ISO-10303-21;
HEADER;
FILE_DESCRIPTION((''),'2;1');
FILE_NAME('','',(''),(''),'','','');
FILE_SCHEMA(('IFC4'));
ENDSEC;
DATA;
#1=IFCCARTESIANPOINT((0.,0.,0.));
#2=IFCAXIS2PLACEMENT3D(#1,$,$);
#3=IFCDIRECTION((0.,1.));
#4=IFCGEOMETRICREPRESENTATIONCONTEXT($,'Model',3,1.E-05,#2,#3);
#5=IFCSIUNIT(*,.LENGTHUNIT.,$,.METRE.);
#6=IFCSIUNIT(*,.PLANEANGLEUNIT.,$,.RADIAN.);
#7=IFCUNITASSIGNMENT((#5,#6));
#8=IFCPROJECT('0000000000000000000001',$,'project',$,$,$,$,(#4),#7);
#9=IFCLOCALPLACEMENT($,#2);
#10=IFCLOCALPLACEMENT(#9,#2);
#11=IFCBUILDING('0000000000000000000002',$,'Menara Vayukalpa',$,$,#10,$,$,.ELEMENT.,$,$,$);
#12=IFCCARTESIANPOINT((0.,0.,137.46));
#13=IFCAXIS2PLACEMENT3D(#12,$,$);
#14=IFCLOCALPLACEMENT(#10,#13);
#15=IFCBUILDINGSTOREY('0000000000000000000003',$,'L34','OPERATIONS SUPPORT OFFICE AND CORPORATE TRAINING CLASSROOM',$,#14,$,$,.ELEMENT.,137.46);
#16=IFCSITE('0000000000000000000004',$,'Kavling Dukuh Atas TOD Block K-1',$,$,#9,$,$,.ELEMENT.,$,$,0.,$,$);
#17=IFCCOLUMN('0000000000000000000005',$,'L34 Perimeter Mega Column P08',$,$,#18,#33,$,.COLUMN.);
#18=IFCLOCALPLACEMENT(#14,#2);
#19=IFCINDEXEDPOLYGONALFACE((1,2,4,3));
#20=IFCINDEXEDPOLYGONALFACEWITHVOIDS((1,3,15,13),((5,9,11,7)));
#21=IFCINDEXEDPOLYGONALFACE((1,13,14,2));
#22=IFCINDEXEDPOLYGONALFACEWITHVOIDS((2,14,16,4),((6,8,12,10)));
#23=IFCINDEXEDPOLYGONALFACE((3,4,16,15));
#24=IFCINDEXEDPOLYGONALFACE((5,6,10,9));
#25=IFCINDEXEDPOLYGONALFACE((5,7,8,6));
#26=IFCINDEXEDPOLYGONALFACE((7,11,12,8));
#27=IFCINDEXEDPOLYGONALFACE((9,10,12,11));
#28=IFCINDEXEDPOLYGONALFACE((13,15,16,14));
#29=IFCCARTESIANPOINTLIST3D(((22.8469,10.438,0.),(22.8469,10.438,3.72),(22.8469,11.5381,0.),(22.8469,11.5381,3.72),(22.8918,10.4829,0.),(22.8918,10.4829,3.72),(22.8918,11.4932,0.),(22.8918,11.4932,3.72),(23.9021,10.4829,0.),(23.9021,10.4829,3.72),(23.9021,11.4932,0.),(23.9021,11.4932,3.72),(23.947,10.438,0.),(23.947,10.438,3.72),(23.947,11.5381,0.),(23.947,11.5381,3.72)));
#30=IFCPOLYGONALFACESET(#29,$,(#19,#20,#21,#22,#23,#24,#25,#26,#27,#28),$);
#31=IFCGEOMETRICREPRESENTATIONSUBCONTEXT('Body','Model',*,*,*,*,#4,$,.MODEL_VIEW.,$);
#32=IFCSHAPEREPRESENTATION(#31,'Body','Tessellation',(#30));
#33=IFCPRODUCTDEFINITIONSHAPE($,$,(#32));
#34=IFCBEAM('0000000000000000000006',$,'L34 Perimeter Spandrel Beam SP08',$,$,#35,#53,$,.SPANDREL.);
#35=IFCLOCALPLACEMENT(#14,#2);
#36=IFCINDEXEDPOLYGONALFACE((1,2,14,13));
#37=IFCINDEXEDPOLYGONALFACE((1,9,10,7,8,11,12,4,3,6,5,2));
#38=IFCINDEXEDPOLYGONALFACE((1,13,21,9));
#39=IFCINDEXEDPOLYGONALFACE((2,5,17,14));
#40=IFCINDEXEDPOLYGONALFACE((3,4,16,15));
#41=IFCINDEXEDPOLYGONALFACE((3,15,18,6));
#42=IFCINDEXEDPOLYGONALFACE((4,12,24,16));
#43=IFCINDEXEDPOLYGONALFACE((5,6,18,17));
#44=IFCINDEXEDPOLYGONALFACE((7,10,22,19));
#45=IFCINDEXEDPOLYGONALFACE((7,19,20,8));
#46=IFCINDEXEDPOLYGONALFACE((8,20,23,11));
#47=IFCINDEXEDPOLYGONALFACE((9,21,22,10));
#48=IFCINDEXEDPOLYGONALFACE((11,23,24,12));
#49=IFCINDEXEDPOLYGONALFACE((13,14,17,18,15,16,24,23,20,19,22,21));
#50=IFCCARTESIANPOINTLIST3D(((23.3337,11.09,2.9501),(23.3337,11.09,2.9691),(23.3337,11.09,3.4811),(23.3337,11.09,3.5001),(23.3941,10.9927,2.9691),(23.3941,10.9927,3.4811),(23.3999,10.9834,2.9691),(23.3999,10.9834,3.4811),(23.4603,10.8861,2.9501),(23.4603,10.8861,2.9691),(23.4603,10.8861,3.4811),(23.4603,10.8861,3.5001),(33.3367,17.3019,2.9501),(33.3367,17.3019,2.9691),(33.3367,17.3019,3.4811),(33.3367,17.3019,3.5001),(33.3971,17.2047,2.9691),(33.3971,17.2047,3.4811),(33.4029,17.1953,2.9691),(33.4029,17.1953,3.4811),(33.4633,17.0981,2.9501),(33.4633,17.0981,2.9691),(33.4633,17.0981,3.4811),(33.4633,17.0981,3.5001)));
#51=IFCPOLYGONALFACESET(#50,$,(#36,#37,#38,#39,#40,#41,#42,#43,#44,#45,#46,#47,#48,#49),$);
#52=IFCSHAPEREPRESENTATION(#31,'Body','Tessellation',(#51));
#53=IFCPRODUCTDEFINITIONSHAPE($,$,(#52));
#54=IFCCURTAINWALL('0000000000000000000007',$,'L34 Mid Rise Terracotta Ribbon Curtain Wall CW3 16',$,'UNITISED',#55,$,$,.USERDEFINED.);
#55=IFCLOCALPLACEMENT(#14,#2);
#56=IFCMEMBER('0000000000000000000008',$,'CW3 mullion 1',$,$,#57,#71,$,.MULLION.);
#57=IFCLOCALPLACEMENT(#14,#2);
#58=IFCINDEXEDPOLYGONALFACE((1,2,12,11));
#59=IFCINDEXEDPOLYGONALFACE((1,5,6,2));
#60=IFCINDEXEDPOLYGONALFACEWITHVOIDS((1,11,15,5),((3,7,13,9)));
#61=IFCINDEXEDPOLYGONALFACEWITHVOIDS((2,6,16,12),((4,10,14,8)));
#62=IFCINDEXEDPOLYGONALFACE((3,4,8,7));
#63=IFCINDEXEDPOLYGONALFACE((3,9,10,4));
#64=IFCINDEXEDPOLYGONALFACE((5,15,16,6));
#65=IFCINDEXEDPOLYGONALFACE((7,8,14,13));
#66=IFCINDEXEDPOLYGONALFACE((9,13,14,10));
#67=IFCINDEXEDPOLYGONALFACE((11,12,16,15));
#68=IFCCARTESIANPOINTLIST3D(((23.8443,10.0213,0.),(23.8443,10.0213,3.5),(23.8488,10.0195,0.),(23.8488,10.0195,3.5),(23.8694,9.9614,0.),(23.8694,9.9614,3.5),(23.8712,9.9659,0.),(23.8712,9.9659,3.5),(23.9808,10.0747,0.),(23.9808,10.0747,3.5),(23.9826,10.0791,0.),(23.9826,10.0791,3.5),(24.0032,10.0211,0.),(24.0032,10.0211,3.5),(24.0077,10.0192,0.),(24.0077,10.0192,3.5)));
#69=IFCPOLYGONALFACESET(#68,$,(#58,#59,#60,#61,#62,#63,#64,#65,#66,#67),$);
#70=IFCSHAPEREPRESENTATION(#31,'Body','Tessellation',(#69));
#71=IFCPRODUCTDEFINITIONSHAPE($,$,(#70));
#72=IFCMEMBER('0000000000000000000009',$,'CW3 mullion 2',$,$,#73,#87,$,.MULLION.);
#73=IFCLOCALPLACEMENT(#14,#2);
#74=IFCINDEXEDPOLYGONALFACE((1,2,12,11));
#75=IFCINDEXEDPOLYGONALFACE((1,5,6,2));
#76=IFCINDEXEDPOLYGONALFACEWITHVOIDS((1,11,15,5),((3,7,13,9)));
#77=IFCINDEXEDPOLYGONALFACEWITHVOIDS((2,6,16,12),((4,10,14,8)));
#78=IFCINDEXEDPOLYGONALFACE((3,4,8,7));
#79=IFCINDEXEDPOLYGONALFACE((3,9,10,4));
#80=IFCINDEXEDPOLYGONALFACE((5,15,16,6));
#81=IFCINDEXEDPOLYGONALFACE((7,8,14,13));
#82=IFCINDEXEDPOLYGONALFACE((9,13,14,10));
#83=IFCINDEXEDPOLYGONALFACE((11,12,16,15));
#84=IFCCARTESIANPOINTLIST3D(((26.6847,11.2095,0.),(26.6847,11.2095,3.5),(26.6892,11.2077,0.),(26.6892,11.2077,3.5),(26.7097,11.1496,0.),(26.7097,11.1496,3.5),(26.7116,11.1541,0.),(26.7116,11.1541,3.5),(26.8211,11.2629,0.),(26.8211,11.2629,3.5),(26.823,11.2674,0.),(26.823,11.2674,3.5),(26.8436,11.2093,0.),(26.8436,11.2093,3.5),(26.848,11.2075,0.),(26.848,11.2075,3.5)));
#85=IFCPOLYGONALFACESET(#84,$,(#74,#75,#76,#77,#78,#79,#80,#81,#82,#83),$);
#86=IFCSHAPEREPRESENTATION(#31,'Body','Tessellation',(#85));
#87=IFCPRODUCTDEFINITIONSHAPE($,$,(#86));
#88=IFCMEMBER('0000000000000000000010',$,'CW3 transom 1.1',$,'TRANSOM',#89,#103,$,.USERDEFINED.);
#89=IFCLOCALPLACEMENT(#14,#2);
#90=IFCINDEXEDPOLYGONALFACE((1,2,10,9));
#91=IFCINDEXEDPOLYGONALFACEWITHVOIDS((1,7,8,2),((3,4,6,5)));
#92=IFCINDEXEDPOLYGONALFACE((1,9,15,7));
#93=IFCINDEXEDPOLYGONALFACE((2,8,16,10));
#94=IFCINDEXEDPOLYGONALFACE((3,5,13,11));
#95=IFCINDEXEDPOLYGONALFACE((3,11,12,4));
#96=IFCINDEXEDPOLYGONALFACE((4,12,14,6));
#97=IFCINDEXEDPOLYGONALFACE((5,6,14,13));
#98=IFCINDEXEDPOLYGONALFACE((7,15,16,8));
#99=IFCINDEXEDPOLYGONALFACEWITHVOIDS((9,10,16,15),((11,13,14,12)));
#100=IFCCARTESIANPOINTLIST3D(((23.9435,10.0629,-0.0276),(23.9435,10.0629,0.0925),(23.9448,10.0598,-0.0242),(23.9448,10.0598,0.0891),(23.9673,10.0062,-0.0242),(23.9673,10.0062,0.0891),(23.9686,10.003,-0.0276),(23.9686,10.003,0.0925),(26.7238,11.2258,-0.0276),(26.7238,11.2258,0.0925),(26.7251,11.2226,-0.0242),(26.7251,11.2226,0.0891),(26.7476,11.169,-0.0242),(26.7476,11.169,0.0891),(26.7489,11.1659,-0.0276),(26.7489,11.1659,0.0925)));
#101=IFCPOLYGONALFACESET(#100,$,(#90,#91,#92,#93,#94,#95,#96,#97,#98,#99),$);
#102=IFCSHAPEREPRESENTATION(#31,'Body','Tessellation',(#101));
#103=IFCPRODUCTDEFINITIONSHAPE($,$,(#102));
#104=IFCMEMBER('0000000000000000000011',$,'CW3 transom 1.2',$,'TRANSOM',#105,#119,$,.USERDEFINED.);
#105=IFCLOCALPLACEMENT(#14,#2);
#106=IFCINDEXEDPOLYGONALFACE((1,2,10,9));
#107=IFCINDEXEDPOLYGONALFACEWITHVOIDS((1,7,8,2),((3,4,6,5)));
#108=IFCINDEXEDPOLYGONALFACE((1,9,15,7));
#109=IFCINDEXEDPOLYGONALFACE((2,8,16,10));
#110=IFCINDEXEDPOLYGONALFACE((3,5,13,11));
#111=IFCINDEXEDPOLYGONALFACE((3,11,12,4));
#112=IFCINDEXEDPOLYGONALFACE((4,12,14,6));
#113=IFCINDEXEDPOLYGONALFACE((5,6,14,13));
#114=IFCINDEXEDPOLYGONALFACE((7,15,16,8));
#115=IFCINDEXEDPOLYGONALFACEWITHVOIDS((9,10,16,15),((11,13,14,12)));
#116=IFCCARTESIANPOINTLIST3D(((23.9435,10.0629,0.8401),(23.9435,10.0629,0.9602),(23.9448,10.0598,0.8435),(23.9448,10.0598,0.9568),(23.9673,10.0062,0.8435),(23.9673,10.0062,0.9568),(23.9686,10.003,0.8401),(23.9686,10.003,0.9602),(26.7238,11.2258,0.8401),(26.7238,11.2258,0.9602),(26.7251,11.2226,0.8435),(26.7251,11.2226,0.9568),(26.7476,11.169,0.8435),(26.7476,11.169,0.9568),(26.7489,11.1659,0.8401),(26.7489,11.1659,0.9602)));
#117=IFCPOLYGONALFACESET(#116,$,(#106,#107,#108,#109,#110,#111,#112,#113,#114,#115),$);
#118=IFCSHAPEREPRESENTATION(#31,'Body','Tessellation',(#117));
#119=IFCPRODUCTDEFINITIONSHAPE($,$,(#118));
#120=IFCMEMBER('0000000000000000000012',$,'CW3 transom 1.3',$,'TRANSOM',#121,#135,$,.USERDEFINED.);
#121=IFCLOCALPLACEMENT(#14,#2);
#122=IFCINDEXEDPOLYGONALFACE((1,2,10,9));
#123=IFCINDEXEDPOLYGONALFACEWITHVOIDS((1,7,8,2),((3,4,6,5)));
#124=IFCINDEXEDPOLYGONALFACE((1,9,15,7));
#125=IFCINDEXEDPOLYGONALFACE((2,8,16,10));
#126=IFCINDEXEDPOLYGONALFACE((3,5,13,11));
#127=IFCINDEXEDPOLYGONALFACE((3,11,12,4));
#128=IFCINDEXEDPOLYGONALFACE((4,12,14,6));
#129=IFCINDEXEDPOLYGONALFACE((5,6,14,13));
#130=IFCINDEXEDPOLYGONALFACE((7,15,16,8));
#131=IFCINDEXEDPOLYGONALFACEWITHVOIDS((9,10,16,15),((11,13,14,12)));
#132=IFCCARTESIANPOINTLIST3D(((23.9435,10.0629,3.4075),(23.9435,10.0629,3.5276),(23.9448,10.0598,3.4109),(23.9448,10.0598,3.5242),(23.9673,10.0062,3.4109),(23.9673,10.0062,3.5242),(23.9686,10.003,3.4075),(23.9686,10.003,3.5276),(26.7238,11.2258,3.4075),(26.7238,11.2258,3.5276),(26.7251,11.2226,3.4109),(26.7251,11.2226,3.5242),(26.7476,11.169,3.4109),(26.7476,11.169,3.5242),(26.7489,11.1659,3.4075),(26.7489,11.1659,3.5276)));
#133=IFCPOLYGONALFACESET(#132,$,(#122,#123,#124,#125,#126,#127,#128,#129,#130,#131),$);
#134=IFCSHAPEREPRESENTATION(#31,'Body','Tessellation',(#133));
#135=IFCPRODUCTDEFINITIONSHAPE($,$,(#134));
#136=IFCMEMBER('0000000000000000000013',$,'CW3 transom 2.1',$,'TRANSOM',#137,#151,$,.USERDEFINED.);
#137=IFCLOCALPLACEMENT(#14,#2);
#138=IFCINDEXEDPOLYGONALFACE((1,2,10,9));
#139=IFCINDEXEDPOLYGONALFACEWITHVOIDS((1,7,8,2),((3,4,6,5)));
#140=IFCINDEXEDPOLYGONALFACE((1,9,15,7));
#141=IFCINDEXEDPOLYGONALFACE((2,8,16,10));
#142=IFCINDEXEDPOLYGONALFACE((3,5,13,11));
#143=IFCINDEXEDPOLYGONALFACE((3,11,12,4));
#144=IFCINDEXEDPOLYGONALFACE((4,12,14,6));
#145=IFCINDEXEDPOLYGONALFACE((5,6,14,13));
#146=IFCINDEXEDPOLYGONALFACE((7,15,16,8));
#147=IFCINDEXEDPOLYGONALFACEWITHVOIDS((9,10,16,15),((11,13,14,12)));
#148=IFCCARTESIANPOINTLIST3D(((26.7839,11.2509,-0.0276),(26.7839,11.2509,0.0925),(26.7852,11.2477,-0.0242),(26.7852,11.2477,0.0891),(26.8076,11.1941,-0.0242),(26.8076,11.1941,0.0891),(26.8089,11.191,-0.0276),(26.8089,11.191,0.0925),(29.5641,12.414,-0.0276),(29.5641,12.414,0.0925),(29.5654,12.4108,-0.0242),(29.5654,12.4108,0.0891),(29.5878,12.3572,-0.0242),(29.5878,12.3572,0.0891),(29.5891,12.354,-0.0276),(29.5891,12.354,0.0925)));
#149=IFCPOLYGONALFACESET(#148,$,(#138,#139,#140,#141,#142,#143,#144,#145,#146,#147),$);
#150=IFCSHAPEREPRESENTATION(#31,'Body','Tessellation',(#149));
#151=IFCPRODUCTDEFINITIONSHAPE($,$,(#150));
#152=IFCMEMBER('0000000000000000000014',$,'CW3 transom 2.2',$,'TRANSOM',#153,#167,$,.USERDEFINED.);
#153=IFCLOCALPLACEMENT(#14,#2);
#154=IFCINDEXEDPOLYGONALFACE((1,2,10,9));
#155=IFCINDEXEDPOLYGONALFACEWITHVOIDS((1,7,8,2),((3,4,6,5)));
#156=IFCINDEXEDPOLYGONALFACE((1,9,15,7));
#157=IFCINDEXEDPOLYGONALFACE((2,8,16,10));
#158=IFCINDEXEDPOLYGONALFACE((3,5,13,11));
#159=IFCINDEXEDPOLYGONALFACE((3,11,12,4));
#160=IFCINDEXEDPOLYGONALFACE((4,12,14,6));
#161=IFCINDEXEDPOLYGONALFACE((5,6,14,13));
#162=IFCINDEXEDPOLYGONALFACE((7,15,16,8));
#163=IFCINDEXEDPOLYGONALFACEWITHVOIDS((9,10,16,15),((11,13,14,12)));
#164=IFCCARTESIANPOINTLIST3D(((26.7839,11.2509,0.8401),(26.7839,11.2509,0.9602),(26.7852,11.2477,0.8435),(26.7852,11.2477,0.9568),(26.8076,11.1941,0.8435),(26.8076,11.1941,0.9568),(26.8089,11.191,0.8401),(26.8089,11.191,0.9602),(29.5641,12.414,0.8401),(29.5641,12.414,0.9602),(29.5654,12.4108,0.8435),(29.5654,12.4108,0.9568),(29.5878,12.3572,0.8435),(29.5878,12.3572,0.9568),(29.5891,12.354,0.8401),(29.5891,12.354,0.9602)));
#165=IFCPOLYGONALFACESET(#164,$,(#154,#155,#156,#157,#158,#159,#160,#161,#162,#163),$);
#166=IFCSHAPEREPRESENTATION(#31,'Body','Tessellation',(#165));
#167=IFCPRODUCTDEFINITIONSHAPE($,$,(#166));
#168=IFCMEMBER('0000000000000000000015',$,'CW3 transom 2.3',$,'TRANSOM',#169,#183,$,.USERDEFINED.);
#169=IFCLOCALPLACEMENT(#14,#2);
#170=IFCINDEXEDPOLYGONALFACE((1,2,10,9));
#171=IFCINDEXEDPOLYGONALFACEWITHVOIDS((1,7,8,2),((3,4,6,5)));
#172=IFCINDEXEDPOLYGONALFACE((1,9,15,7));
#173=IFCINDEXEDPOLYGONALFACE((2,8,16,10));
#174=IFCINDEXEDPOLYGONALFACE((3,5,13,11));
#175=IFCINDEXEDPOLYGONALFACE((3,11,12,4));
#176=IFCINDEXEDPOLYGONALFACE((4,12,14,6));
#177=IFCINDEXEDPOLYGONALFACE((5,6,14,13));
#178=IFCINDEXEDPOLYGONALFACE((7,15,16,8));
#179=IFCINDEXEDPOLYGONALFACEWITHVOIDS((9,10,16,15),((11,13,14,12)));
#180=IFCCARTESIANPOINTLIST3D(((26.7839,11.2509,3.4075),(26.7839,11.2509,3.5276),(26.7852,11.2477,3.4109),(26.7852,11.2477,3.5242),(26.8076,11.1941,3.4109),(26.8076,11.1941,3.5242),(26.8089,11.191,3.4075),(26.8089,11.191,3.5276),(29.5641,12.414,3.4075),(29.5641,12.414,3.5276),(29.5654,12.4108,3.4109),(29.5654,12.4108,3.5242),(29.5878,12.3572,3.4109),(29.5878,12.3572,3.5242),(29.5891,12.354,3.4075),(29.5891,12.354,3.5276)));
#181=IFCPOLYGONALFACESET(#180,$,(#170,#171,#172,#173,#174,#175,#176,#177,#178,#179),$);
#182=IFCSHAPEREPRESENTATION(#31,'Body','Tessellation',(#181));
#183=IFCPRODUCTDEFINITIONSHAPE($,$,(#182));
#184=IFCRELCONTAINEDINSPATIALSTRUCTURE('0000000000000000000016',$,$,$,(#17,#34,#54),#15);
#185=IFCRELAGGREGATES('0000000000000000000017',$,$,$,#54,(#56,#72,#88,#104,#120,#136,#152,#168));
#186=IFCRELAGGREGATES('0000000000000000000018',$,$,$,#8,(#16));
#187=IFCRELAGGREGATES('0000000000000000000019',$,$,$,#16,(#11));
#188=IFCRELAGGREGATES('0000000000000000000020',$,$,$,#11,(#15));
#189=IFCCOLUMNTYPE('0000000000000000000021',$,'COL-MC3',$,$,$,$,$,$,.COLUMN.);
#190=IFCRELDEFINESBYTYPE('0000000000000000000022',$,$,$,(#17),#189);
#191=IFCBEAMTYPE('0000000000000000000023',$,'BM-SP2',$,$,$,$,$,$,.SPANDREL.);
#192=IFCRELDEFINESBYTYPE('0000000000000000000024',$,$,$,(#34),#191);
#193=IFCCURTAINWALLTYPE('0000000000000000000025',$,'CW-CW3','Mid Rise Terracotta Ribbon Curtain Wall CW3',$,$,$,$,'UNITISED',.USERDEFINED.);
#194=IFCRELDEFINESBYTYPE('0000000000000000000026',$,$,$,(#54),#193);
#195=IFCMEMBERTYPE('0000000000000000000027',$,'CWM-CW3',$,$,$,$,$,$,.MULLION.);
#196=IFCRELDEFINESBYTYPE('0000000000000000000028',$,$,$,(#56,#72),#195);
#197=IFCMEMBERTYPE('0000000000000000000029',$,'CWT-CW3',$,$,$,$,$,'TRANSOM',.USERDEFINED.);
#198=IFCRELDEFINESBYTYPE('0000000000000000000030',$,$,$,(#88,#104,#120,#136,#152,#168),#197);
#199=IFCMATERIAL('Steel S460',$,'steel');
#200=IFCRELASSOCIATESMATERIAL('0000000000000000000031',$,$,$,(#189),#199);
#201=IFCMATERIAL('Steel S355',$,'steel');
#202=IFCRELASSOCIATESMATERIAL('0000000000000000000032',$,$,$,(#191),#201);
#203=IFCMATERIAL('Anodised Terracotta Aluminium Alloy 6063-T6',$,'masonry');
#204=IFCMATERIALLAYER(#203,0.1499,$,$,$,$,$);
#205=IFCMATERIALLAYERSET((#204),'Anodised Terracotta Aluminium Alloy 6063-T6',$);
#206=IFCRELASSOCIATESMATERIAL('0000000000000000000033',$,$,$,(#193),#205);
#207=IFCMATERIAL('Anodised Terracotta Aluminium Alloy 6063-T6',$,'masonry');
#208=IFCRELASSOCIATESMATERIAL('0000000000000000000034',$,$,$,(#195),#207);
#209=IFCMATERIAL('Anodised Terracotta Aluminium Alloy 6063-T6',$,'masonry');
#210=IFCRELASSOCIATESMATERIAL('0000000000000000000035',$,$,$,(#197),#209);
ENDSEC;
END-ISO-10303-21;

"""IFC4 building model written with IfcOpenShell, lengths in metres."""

from ifc_helpers import new_model, si_unit, direction, frame, origin, origin_2d, place, context, subcontext, project, spatial, hollow_rectangle, i_section, extrude, material, layer, layer_set, material_profile, profile_set, type_object, element, aggregate, save


model = new_model("IFC4")

# Units and contexts
model_context = context("Model", 3, precision=1e-05, world=origin(), true_north=direction((0.0, 1.0)))
body_context = subcontext(model_context, "Body", "Model", "MODEL_VIEW")
ifc_project = project(units=[si_unit("LENGTHUNIT", "METRE"), si_unit("PLANEANGLEUNIT", "RADIAN")], contexts=[model_context])

# Site, building, storey
site_placement = place(None, origin())
site = spatial("IfcSite", under=ifc_project, at=site_placement, Name="Kavling Dukuh Atas TOD Block K-1", CompositionType="ELEMENT", RefElevation=0.0)
building_placement = place(site_placement, origin())
building = spatial("IfcBuilding", under=site, at=building_placement, Name="Menara Vayukalpa", CompositionType="ELEMENT")
storey_placement = place(building_placement, frame((0.0, 0.0, 137.46)))
storey = spatial("IfcBuildingStorey", under=building, at=storey_placement, Name="L34", Description="OPERATIONS SUPPORT OFFICE AND CORPORATE TRAINING CLASSROOM", CompositionType="ELEMENT", Elevation=137.46)

# Column
ifc_material_1 = material(Name="Steel S460", Category="steel")
ifc_material_profile_1 = material_profile(ifc_material_1, hollow_rectangle(XDim=1.1001, YDim=1.1001, WallThickness=0.0449, at=origin_2d()), Name="BOX 1100x1100x45")
ifc_profile_set_1 = profile_set([ifc_material_profile_1], Name="Steel S460")
column_type = type_object("IfcColumnType", Name="COL-MC3", PredefinedType="COLUMN", material=ifc_profile_set_1)
column_placement = place(storey_placement, frame((23.397, 10.988, 0.0), z_axis=(0.0, 0.0, 1.0), x_axis=(1.0, 0.0, 0.0)))
element("IfcColumn", 1, at=column_placement, inside=storey, type_object=column_type, Name="L34 Perimeter Mega Column P08", PredefinedType="COLUMN", context=body_context, shape_type="SweptSolid", body=[
    extrude(hollow_rectangle(XDim=1.1001, YDim=1.1001, WallThickness=0.0449, at=origin_2d()), origin(), (0.0, 0.0, 1.0), 3.72),
])

# Beam
ifc_material_2 = material(Name="Steel S355", Category="steel")
ifc_material_profile_2 = material_profile(ifc_material_2, i_section(OverallWidth=0.24, OverallDepth=0.55, WebThickness=0.011, FlangeThickness=0.019, at=origin_2d()), Name="WF 550x240x11x19")
ifc_profile_set_2 = profile_set([ifc_material_profile_2], Name="Steel S355")
beam_type = type_object("IfcBeamType", Name="BM-SP2", PredefinedType="SPANDREL", material=ifc_profile_set_2)
beam_placement = place(storey_placement, frame((23.397, 10.988, 3.2251), z_axis=(0.849518, 0.527559, 0.0), x_axis=(-0.527559, 0.849518, 0.0)))
element("IfcBeam", 2, at=beam_placement, inside=storey, type_object=beam_type, Name="L34 Perimeter Spandrel Beam SP08", PredefinedType="SPANDREL", context=body_context, shape_type="SweptSolid", body=[
    extrude(i_section(OverallWidth=0.24, OverallDepth=0.55, WebThickness=0.011, FlangeThickness=0.019, at=origin_2d()), origin(), (0.0, 0.0, 1.0), 11.7749),
])

# Curtain wall, members
ifc_material_3 = material(Name="Anodised Terracotta Aluminium Alloy 6063-T6", Category="masonry")
ifc_layer_1 = layer(ifc_material_3, 0.1499)
ifc_layer_set_1 = layer_set([ifc_layer_1], Name="Anodised Terracotta Aluminium Alloy 6063-T6")
curtain_wall_type = type_object("IfcCurtainWallType", Name="CW-CW3", Description="Mid Rise Terracotta Ribbon Curtain Wall CW3", ElementType="UNITISED", PredefinedType="USERDEFINED", material=ifc_layer_set_1)
curtain_wall_placement = place(storey_placement, origin())
curtain_wall = element("IfcCurtainWall", 3, at=curtain_wall_placement, inside=storey, type_object=curtain_wall_type, Name="L34 Mid Rise Terracotta Ribbon Curtain Wall CW3 16", ObjectType="UNITISED", PredefinedType="USERDEFINED")
ifc_material_4 = material(Name="Anodised Terracotta Aluminium Alloy 6063-T6", Category="masonry")
ifc_material_profile_3 = material_profile(ifc_material_4, hollow_rectangle(XDim=0.0649, YDim=0.1499, WallThickness=0.0034, at=origin_2d()), Name="ALU 65x150x3.5")
ifc_profile_set_3 = profile_set([ifc_material_profile_3], Name="Anodised Terracotta Aluminium Alloy 6063-T6")
member_type_1 = type_object("IfcMemberType", Name="CWM-CW3", PredefinedType="MULLION", material=ifc_profile_set_3)
member_1_placement = place(storey_placement, frame((23.926, 10.0203, 0.0), z_axis=(0.0, 0.0, 1.0), x_axis=(-0.385886, 0.922546, 0.0)))
member_1 = element("IfcMember", 4, at=member_1_placement, type_object=member_type_1, Name="CW3 mullion 1", PredefinedType="MULLION", context=body_context, shape_type="SweptSolid", body=[
    extrude(hollow_rectangle(XDim=0.0649, YDim=0.1499, WallThickness=0.0034, at=origin_2d()), origin(), (0.0, 0.0, 1.0), 3.5),
])
member_2_placement = place(storey_placement, frame((26.7664, 11.2085, 0.0), z_axis=(0.0, 0.0, 1.0), x_axis=(-0.385886, 0.922546, 0.0)))
member_2 = element("IfcMember", 5, at=member_2_placement, type_object=member_type_1, Name="CW3 mullion 2", PredefinedType="MULLION", context=body_context, shape_type="SweptSolid", body=[
    extrude(hollow_rectangle(XDim=0.0649, YDim=0.1499, WallThickness=0.0034, at=origin_2d()), origin(), (0.0, 0.0, 1.0), 3.5),
])
ifc_material_5 = material(Name="Anodised Terracotta Aluminium Alloy 6063-T6", Category="masonry")
ifc_material_profile_4 = material_profile(ifc_material_5, hollow_rectangle(XDim=0.0649, YDim=0.1201, WallThickness=0.0034, at=origin_2d()), Name="ALU 65x120x3.5")
ifc_profile_set_4 = profile_set([ifc_material_profile_4], Name="Anodised Terracotta Aluminium Alloy 6063-T6")
member_type_2 = type_object("IfcMemberType", Name="CWT-CW3", ElementType="TRANSOM", PredefinedType="USERDEFINED", material=ifc_profile_set_4)
member_3_placement = place(storey_placement, frame((23.9561, 10.033, 0.0325), z_axis=(0.922558, 0.385858, 0.0), x_axis=(-0.385858, 0.922558, 0.0)))
member_3 = element("IfcMember", 6, at=member_3_placement, type_object=member_type_2, Name="CW3 transom 1.1", ObjectType="TRANSOM", PredefinedType="USERDEFINED", context=body_context, shape_type="SweptSolid", body=[
    extrude(hollow_rectangle(XDim=0.0649, YDim=0.1201, WallThickness=0.0034, at=origin_2d()), origin(), (0.0, 0.0, 1.0), 3.0137),
])
member_4_placement = place(storey_placement, frame((23.9561, 10.033, 0.9001), z_axis=(0.922558, 0.385858, 0.0), x_axis=(-0.385858, 0.922558, 0.0)))
member_4 = element("IfcMember", 7, at=member_4_placement, type_object=member_type_2, Name="CW3 transom 1.2", ObjectType="TRANSOM", PredefinedType="USERDEFINED", context=body_context, shape_type="SweptSolid", body=[
    extrude(hollow_rectangle(XDim=0.0649, YDim=0.1201, WallThickness=0.0034, at=origin_2d()), origin(), (0.0, 0.0, 1.0), 3.0137),
])
member_5_placement = place(storey_placement, frame((23.9561, 10.033, 3.4675), z_axis=(0.922558, 0.385858, 0.0), x_axis=(-0.385858, 0.922558, 0.0)))
member_5 = element("IfcMember", 8, at=member_5_placement, type_object=member_type_2, Name="CW3 transom 1.3", ObjectType="TRANSOM", PredefinedType="USERDEFINED", context=body_context, shape_type="SweptSolid", body=[
    extrude(hollow_rectangle(XDim=0.0649, YDim=0.1201, WallThickness=0.0034, at=origin_2d()), origin(), (0.0, 0.0, 1.0), 3.0137),
])
member_6_placement = place(storey_placement, frame((26.7964, 11.2209, 0.0325), z_axis=(0.92253, 0.385926, 0.0), x_axis=(-0.385926, 0.92253, 0.0)))
member_6 = element("IfcMember", 9, at=member_6_placement, type_object=member_type_2, Name="CW3 transom 2.1", ObjectType="TRANSOM", PredefinedType="USERDEFINED", context=body_context, shape_type="SweptSolid", body=[
    extrude(hollow_rectangle(XDim=0.0649, YDim=0.1201, WallThickness=0.0034, at=origin_2d()), origin(), (0.0, 0.0, 1.0), 3.0137),
])
member_7_placement = place(storey_placement, frame((26.7964, 11.2209, 0.9001), z_axis=(0.92253, 0.385926, 0.0), x_axis=(-0.385926, 0.92253, 0.0)))
member_7 = element("IfcMember", 10, at=member_7_placement, type_object=member_type_2, Name="CW3 transom 2.2", ObjectType="TRANSOM", PredefinedType="USERDEFINED", context=body_context, shape_type="SweptSolid", body=[
    extrude(hollow_rectangle(XDim=0.0649, YDim=0.1201, WallThickness=0.0034, at=origin_2d()), origin(), (0.0, 0.0, 1.0), 3.0137),
])
member_8_placement = place(storey_placement, frame((26.7964, 11.2209, 3.4675), z_axis=(0.92253, 0.385926, 0.0), x_axis=(-0.385926, 0.92253, 0.0)))
member_8 = element("IfcMember", 11, at=member_8_placement, type_object=member_type_2, Name="CW3 transom 2.3", ObjectType="TRANSOM", PredefinedType="USERDEFINED", context=body_context, shape_type="SweptSolid", body=[
    extrude(hollow_rectangle(XDim=0.0649, YDim=0.1201, WallThickness=0.0034, at=origin_2d()), origin(), (0.0, 0.0, 1.0), 3.0137),
])
aggregate(curtain_wall, [member_1, member_2, member_3, member_4, member_5, member_6, member_7, member_8])

save(model, "model.ifc")
